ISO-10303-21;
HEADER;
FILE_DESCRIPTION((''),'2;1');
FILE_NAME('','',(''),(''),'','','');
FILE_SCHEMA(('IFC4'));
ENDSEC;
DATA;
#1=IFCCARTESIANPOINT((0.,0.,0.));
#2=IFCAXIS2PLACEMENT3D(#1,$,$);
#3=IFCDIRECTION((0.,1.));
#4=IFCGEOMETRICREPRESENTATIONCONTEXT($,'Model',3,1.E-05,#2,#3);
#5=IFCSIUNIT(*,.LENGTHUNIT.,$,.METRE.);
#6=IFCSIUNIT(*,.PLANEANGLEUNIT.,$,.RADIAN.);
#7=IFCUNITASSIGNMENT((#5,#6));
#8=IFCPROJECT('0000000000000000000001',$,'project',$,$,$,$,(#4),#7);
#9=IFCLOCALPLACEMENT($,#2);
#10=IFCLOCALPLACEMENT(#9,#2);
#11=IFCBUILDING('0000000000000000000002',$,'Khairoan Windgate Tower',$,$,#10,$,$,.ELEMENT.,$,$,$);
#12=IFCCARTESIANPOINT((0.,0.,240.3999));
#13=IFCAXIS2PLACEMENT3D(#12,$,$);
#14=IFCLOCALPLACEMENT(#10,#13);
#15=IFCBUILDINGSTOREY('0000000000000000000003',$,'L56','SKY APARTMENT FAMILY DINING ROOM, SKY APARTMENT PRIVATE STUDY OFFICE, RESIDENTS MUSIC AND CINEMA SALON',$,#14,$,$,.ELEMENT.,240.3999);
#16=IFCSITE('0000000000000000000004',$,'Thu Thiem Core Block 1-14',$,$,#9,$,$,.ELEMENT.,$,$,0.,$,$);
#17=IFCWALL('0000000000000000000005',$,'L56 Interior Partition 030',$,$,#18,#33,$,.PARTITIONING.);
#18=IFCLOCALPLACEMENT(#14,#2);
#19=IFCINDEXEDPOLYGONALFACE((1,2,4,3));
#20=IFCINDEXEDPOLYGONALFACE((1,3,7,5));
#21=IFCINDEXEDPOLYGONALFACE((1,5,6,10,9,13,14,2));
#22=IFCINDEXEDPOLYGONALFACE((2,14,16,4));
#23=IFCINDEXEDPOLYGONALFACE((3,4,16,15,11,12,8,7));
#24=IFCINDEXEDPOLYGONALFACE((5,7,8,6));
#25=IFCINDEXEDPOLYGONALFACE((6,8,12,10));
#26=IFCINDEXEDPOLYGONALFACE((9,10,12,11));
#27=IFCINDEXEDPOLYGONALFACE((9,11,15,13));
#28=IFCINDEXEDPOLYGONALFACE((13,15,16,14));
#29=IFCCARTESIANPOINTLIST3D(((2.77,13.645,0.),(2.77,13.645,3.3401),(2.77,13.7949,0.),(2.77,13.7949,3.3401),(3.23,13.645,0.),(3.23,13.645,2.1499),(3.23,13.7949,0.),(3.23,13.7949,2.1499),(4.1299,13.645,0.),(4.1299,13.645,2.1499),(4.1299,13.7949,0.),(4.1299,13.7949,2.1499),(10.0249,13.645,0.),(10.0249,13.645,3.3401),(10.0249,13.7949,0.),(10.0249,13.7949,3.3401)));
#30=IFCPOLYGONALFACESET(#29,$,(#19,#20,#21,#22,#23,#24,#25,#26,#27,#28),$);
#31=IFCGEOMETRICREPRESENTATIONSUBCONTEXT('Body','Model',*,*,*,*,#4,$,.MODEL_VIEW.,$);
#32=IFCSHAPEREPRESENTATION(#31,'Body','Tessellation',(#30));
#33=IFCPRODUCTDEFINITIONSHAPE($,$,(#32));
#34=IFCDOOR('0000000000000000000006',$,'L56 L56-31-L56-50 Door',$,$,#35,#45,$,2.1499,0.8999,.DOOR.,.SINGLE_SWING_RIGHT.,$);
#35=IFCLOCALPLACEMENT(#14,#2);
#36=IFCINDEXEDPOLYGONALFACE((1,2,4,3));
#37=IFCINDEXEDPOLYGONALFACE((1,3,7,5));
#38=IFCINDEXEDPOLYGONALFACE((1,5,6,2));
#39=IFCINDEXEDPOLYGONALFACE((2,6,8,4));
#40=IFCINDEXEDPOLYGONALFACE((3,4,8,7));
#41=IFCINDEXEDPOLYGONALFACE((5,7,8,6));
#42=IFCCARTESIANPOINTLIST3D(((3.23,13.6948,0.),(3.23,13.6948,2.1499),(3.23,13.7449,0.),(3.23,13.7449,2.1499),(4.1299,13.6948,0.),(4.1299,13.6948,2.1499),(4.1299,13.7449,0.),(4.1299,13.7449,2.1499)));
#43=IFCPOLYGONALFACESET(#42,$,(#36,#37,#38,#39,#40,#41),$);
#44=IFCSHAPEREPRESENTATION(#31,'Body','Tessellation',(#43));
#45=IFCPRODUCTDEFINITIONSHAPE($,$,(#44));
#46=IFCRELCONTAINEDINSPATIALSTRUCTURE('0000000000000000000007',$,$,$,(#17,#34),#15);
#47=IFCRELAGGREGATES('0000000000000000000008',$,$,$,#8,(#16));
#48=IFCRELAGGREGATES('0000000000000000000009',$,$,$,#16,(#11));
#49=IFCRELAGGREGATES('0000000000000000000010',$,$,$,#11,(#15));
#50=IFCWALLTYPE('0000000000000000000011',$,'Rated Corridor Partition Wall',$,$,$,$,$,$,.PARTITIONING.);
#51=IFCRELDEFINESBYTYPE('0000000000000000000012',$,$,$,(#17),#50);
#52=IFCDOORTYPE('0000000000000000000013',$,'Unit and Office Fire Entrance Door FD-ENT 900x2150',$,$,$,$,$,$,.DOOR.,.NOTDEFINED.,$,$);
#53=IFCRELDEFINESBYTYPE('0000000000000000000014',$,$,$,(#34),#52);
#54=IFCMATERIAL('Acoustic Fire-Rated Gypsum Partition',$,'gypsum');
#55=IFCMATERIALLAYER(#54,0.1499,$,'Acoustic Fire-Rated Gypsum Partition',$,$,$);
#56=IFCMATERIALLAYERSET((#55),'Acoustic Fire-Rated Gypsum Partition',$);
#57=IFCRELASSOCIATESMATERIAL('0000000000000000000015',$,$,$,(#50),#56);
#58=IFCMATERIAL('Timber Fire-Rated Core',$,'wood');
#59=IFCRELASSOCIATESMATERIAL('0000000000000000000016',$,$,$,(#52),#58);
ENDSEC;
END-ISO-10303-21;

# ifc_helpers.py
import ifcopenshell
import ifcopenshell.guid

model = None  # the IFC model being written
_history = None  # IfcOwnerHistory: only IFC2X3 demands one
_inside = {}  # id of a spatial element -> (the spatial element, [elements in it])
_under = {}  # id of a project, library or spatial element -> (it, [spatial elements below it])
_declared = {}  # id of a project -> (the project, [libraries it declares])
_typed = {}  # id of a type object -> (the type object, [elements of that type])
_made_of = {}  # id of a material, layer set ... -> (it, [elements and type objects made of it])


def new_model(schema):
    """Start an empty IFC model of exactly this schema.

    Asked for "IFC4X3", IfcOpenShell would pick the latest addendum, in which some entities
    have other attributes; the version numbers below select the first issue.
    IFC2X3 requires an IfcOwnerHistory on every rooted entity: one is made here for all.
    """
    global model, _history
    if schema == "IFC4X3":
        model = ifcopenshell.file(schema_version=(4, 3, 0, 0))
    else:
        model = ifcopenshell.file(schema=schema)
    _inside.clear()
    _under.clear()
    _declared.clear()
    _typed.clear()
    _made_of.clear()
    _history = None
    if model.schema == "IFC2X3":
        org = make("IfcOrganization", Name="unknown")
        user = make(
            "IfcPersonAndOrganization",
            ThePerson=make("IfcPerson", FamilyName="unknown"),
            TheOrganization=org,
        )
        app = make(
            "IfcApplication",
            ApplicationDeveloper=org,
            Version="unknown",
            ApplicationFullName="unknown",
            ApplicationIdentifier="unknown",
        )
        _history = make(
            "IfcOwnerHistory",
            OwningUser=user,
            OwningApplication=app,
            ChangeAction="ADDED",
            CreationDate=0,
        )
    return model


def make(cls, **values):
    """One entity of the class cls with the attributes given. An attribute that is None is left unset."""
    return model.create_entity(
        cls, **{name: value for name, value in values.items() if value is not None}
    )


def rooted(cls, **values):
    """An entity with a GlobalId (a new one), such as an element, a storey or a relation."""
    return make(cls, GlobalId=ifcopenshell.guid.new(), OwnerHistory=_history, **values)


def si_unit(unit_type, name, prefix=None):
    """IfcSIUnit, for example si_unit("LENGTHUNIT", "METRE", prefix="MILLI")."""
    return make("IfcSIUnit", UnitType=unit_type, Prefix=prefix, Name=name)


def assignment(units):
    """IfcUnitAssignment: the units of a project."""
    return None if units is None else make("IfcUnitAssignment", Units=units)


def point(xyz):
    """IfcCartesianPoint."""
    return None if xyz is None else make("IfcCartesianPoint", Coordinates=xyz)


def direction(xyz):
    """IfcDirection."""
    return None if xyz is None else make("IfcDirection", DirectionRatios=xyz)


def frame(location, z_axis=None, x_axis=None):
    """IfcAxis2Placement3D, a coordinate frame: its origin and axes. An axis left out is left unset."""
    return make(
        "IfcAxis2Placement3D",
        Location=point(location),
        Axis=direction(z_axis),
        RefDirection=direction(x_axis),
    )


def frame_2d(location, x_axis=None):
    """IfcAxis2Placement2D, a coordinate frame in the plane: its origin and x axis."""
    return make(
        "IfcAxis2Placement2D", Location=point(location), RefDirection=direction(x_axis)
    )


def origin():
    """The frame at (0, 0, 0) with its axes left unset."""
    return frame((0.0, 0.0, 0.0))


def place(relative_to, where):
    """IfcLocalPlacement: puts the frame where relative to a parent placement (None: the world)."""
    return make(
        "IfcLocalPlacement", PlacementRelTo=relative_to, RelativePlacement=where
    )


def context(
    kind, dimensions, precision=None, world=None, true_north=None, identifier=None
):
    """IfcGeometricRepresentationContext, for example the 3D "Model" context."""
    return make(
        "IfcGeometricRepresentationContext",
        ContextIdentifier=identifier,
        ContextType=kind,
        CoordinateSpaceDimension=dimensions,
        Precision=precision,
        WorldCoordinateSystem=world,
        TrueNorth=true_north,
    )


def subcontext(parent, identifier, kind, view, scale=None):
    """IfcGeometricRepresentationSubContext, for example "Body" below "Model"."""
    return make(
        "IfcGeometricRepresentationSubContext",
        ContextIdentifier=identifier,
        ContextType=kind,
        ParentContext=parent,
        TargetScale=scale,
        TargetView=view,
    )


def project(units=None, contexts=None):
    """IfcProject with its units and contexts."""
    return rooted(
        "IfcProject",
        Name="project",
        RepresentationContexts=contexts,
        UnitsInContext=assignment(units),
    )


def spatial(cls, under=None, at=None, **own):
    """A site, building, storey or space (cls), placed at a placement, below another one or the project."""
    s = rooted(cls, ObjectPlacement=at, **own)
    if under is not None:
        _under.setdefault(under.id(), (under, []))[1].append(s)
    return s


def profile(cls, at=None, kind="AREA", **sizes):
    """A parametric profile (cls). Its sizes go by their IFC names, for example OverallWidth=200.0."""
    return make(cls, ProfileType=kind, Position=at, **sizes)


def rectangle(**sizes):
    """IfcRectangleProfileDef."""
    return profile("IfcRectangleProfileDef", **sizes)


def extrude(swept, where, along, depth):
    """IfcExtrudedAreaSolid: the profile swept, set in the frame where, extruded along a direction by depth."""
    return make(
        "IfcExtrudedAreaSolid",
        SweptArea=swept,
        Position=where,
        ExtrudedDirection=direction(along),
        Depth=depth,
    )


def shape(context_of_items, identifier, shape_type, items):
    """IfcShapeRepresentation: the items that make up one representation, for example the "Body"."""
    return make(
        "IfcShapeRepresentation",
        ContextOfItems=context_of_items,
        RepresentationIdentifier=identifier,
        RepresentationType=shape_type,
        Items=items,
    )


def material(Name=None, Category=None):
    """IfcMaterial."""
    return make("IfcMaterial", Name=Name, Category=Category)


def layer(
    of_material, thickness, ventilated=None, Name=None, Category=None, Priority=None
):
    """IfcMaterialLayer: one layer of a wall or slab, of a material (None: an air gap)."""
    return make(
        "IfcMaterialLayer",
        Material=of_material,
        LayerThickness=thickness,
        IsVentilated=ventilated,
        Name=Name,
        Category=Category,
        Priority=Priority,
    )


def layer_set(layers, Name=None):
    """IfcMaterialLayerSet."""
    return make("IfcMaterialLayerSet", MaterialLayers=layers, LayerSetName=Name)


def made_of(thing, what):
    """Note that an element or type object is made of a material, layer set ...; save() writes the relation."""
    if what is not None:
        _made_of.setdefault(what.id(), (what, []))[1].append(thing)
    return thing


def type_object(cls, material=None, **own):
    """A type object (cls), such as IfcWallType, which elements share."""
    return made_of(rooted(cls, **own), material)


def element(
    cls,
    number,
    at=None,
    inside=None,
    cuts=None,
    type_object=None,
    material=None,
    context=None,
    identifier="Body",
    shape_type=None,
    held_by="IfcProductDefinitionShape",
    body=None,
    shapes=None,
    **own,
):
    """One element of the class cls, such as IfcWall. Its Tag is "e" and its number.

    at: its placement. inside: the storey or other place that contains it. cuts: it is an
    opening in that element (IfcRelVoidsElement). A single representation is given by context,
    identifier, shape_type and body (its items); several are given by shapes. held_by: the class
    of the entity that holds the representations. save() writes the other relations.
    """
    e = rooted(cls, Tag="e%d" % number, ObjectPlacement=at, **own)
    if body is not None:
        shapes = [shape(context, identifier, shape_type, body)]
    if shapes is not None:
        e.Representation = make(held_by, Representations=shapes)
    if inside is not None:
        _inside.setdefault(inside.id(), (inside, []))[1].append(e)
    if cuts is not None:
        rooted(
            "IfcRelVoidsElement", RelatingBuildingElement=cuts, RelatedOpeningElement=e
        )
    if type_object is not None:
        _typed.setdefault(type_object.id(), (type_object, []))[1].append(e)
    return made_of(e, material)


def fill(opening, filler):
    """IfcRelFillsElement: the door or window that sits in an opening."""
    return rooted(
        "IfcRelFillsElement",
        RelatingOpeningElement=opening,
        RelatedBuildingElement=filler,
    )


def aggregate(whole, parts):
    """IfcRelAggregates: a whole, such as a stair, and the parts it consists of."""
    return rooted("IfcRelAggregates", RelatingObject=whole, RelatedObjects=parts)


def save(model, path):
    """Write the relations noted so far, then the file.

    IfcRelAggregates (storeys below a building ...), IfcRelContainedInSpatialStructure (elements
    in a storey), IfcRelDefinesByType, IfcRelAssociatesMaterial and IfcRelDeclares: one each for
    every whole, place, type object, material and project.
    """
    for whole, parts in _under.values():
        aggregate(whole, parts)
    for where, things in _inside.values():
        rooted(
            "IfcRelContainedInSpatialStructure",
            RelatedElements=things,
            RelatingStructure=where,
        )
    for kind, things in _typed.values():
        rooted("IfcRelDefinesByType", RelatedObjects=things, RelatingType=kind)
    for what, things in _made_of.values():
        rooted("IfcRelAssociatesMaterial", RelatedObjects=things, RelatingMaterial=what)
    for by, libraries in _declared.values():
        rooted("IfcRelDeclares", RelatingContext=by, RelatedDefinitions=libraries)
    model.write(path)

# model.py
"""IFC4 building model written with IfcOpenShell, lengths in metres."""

from ifc_helpers import new_model, si_unit, direction, frame, frame_2d, origin, place, context, subcontext, project, spatial, rectangle, extrude, material, layer, layer_set, type_object, element, fill, save


model = new_model("IFC4")

# Units and contexts
model_context = context("Model", 3, precision=1e-05, world=origin(), true_north=direction((0.0, 1.0)))
body_context = subcontext(model_context, "Body", "Model", "MODEL_VIEW")
ifc_project = project(units=[si_unit("LENGTHUNIT", "METRE"), si_unit("PLANEANGLEUNIT", "RADIAN")], contexts=[model_context])

# Site, building, storey
site_placement = place(None, origin())
site = spatial("IfcSite", under=ifc_project, at=site_placement, Name="Thu Thiem Core Block 1-14", CompositionType="ELEMENT", RefElevation=0.0)
building_placement = place(site_placement, origin())
building = spatial("IfcBuilding", under=site, at=building_placement, Name="Khairoan Windgate Tower", CompositionType="ELEMENT")
storey_placement = place(building_placement, frame((0.0, 0.0, 240.3999)))
storey = spatial("IfcBuildingStorey", under=building, at=storey_placement, Name="L56", Description="SKY APARTMENT FAMILY DINING ROOM, SKY APARTMENT PRIVATE STUDY OFFICE, RESIDENTS MUSIC AND CINEMA SALON", CompositionType="ELEMENT", Elevation=240.3999)

# Wall, opening, door
ifc_material_1 = material(Name="Acoustic Fire-Rated Gypsum Partition", Category="gypsum")
ifc_layer_1 = layer(ifc_material_1, 0.1499, Name="Acoustic Fire-Rated Gypsum Partition")
ifc_layer_set_1 = layer_set([ifc_layer_1], Name="Acoustic Fire-Rated Gypsum Partition")
wall_type_1 = type_object("IfcWallType", Name="Rated Corridor Partition Wall", PredefinedType="PARTITIONING", material=ifc_layer_set_1)
ifc_material_2 = material(Name="Timber Fire-Rated Core", Category="wood")
door_type = type_object("IfcDoorType", Name="Unit and Office Fire Entrance Door FD-ENT 900x2150", OperationType="NOTDEFINED", PredefinedType="DOOR", material=ifc_material_2)
wall_1_placement = place(storey_placement, frame((2.77, 13.72, 0.0), z_axis=(0.0, 0.0, 1.0), x_axis=(1.0, 0.0, 0.0)))
wall_1 = element("IfcWall", 1, at=wall_1_placement, inside=storey, type_object=wall_type_1, Name="L56 Interior Partition 030", PredefinedType="PARTITIONING", context=body_context, shape_type="SweptSolid", body=[
    extrude(rectangle(XDim=7.2549, YDim=0.1499, at=frame_2d((3.6274, 0.0))), origin(), (0.0, 0.0, 1.0), 3.3401),
])
opening_1_placement = place(wall_1_placement, frame((0.46, 0.0, 0.0)))
opening_1 = element("IfcOpeningElement", 2, at=opening_1_placement, cuts=wall_1, PredefinedType="OPENING", context=body_context, shape_type="SweptSolid", body=[
    extrude(rectangle(XDim=0.8999, YDim=2.1499, at=frame_2d((0.45, 1.075))), frame((0.0, 0.085, 0.0), z_axis=(0.0, -1.0, 0.0), x_axis=(1.0, 0.0, 0.0)), (0.0, 0.0, 1.0), 0.1699),
])
door_1_placement = place(opening_1_placement, origin())
door_1 = element("IfcDoor", 3, at=door_1_placement, inside=storey, type_object=door_type, Name="L56 L56-31-L56-50 Door", OperationType="SINGLE_SWING_RIGHT", OverallHeight=2.1499, OverallWidth=0.8999, PredefinedType="DOOR", context=body_context, shape_type="SweptSolid", body=[
    extrude(rectangle(XDim=0.8999, YDim=2.1499, at=frame_2d((0.45, 1.075))), frame((0.0, 0.0249, 0.0), z_axis=(0.0, -1.0, 0.0), x_axis=(1.0, 0.0, 0.0)), (0.0, 0.0, 1.0), 0.05),
])
fill(opening_1, door_1)

save(model, "model.ifc")
